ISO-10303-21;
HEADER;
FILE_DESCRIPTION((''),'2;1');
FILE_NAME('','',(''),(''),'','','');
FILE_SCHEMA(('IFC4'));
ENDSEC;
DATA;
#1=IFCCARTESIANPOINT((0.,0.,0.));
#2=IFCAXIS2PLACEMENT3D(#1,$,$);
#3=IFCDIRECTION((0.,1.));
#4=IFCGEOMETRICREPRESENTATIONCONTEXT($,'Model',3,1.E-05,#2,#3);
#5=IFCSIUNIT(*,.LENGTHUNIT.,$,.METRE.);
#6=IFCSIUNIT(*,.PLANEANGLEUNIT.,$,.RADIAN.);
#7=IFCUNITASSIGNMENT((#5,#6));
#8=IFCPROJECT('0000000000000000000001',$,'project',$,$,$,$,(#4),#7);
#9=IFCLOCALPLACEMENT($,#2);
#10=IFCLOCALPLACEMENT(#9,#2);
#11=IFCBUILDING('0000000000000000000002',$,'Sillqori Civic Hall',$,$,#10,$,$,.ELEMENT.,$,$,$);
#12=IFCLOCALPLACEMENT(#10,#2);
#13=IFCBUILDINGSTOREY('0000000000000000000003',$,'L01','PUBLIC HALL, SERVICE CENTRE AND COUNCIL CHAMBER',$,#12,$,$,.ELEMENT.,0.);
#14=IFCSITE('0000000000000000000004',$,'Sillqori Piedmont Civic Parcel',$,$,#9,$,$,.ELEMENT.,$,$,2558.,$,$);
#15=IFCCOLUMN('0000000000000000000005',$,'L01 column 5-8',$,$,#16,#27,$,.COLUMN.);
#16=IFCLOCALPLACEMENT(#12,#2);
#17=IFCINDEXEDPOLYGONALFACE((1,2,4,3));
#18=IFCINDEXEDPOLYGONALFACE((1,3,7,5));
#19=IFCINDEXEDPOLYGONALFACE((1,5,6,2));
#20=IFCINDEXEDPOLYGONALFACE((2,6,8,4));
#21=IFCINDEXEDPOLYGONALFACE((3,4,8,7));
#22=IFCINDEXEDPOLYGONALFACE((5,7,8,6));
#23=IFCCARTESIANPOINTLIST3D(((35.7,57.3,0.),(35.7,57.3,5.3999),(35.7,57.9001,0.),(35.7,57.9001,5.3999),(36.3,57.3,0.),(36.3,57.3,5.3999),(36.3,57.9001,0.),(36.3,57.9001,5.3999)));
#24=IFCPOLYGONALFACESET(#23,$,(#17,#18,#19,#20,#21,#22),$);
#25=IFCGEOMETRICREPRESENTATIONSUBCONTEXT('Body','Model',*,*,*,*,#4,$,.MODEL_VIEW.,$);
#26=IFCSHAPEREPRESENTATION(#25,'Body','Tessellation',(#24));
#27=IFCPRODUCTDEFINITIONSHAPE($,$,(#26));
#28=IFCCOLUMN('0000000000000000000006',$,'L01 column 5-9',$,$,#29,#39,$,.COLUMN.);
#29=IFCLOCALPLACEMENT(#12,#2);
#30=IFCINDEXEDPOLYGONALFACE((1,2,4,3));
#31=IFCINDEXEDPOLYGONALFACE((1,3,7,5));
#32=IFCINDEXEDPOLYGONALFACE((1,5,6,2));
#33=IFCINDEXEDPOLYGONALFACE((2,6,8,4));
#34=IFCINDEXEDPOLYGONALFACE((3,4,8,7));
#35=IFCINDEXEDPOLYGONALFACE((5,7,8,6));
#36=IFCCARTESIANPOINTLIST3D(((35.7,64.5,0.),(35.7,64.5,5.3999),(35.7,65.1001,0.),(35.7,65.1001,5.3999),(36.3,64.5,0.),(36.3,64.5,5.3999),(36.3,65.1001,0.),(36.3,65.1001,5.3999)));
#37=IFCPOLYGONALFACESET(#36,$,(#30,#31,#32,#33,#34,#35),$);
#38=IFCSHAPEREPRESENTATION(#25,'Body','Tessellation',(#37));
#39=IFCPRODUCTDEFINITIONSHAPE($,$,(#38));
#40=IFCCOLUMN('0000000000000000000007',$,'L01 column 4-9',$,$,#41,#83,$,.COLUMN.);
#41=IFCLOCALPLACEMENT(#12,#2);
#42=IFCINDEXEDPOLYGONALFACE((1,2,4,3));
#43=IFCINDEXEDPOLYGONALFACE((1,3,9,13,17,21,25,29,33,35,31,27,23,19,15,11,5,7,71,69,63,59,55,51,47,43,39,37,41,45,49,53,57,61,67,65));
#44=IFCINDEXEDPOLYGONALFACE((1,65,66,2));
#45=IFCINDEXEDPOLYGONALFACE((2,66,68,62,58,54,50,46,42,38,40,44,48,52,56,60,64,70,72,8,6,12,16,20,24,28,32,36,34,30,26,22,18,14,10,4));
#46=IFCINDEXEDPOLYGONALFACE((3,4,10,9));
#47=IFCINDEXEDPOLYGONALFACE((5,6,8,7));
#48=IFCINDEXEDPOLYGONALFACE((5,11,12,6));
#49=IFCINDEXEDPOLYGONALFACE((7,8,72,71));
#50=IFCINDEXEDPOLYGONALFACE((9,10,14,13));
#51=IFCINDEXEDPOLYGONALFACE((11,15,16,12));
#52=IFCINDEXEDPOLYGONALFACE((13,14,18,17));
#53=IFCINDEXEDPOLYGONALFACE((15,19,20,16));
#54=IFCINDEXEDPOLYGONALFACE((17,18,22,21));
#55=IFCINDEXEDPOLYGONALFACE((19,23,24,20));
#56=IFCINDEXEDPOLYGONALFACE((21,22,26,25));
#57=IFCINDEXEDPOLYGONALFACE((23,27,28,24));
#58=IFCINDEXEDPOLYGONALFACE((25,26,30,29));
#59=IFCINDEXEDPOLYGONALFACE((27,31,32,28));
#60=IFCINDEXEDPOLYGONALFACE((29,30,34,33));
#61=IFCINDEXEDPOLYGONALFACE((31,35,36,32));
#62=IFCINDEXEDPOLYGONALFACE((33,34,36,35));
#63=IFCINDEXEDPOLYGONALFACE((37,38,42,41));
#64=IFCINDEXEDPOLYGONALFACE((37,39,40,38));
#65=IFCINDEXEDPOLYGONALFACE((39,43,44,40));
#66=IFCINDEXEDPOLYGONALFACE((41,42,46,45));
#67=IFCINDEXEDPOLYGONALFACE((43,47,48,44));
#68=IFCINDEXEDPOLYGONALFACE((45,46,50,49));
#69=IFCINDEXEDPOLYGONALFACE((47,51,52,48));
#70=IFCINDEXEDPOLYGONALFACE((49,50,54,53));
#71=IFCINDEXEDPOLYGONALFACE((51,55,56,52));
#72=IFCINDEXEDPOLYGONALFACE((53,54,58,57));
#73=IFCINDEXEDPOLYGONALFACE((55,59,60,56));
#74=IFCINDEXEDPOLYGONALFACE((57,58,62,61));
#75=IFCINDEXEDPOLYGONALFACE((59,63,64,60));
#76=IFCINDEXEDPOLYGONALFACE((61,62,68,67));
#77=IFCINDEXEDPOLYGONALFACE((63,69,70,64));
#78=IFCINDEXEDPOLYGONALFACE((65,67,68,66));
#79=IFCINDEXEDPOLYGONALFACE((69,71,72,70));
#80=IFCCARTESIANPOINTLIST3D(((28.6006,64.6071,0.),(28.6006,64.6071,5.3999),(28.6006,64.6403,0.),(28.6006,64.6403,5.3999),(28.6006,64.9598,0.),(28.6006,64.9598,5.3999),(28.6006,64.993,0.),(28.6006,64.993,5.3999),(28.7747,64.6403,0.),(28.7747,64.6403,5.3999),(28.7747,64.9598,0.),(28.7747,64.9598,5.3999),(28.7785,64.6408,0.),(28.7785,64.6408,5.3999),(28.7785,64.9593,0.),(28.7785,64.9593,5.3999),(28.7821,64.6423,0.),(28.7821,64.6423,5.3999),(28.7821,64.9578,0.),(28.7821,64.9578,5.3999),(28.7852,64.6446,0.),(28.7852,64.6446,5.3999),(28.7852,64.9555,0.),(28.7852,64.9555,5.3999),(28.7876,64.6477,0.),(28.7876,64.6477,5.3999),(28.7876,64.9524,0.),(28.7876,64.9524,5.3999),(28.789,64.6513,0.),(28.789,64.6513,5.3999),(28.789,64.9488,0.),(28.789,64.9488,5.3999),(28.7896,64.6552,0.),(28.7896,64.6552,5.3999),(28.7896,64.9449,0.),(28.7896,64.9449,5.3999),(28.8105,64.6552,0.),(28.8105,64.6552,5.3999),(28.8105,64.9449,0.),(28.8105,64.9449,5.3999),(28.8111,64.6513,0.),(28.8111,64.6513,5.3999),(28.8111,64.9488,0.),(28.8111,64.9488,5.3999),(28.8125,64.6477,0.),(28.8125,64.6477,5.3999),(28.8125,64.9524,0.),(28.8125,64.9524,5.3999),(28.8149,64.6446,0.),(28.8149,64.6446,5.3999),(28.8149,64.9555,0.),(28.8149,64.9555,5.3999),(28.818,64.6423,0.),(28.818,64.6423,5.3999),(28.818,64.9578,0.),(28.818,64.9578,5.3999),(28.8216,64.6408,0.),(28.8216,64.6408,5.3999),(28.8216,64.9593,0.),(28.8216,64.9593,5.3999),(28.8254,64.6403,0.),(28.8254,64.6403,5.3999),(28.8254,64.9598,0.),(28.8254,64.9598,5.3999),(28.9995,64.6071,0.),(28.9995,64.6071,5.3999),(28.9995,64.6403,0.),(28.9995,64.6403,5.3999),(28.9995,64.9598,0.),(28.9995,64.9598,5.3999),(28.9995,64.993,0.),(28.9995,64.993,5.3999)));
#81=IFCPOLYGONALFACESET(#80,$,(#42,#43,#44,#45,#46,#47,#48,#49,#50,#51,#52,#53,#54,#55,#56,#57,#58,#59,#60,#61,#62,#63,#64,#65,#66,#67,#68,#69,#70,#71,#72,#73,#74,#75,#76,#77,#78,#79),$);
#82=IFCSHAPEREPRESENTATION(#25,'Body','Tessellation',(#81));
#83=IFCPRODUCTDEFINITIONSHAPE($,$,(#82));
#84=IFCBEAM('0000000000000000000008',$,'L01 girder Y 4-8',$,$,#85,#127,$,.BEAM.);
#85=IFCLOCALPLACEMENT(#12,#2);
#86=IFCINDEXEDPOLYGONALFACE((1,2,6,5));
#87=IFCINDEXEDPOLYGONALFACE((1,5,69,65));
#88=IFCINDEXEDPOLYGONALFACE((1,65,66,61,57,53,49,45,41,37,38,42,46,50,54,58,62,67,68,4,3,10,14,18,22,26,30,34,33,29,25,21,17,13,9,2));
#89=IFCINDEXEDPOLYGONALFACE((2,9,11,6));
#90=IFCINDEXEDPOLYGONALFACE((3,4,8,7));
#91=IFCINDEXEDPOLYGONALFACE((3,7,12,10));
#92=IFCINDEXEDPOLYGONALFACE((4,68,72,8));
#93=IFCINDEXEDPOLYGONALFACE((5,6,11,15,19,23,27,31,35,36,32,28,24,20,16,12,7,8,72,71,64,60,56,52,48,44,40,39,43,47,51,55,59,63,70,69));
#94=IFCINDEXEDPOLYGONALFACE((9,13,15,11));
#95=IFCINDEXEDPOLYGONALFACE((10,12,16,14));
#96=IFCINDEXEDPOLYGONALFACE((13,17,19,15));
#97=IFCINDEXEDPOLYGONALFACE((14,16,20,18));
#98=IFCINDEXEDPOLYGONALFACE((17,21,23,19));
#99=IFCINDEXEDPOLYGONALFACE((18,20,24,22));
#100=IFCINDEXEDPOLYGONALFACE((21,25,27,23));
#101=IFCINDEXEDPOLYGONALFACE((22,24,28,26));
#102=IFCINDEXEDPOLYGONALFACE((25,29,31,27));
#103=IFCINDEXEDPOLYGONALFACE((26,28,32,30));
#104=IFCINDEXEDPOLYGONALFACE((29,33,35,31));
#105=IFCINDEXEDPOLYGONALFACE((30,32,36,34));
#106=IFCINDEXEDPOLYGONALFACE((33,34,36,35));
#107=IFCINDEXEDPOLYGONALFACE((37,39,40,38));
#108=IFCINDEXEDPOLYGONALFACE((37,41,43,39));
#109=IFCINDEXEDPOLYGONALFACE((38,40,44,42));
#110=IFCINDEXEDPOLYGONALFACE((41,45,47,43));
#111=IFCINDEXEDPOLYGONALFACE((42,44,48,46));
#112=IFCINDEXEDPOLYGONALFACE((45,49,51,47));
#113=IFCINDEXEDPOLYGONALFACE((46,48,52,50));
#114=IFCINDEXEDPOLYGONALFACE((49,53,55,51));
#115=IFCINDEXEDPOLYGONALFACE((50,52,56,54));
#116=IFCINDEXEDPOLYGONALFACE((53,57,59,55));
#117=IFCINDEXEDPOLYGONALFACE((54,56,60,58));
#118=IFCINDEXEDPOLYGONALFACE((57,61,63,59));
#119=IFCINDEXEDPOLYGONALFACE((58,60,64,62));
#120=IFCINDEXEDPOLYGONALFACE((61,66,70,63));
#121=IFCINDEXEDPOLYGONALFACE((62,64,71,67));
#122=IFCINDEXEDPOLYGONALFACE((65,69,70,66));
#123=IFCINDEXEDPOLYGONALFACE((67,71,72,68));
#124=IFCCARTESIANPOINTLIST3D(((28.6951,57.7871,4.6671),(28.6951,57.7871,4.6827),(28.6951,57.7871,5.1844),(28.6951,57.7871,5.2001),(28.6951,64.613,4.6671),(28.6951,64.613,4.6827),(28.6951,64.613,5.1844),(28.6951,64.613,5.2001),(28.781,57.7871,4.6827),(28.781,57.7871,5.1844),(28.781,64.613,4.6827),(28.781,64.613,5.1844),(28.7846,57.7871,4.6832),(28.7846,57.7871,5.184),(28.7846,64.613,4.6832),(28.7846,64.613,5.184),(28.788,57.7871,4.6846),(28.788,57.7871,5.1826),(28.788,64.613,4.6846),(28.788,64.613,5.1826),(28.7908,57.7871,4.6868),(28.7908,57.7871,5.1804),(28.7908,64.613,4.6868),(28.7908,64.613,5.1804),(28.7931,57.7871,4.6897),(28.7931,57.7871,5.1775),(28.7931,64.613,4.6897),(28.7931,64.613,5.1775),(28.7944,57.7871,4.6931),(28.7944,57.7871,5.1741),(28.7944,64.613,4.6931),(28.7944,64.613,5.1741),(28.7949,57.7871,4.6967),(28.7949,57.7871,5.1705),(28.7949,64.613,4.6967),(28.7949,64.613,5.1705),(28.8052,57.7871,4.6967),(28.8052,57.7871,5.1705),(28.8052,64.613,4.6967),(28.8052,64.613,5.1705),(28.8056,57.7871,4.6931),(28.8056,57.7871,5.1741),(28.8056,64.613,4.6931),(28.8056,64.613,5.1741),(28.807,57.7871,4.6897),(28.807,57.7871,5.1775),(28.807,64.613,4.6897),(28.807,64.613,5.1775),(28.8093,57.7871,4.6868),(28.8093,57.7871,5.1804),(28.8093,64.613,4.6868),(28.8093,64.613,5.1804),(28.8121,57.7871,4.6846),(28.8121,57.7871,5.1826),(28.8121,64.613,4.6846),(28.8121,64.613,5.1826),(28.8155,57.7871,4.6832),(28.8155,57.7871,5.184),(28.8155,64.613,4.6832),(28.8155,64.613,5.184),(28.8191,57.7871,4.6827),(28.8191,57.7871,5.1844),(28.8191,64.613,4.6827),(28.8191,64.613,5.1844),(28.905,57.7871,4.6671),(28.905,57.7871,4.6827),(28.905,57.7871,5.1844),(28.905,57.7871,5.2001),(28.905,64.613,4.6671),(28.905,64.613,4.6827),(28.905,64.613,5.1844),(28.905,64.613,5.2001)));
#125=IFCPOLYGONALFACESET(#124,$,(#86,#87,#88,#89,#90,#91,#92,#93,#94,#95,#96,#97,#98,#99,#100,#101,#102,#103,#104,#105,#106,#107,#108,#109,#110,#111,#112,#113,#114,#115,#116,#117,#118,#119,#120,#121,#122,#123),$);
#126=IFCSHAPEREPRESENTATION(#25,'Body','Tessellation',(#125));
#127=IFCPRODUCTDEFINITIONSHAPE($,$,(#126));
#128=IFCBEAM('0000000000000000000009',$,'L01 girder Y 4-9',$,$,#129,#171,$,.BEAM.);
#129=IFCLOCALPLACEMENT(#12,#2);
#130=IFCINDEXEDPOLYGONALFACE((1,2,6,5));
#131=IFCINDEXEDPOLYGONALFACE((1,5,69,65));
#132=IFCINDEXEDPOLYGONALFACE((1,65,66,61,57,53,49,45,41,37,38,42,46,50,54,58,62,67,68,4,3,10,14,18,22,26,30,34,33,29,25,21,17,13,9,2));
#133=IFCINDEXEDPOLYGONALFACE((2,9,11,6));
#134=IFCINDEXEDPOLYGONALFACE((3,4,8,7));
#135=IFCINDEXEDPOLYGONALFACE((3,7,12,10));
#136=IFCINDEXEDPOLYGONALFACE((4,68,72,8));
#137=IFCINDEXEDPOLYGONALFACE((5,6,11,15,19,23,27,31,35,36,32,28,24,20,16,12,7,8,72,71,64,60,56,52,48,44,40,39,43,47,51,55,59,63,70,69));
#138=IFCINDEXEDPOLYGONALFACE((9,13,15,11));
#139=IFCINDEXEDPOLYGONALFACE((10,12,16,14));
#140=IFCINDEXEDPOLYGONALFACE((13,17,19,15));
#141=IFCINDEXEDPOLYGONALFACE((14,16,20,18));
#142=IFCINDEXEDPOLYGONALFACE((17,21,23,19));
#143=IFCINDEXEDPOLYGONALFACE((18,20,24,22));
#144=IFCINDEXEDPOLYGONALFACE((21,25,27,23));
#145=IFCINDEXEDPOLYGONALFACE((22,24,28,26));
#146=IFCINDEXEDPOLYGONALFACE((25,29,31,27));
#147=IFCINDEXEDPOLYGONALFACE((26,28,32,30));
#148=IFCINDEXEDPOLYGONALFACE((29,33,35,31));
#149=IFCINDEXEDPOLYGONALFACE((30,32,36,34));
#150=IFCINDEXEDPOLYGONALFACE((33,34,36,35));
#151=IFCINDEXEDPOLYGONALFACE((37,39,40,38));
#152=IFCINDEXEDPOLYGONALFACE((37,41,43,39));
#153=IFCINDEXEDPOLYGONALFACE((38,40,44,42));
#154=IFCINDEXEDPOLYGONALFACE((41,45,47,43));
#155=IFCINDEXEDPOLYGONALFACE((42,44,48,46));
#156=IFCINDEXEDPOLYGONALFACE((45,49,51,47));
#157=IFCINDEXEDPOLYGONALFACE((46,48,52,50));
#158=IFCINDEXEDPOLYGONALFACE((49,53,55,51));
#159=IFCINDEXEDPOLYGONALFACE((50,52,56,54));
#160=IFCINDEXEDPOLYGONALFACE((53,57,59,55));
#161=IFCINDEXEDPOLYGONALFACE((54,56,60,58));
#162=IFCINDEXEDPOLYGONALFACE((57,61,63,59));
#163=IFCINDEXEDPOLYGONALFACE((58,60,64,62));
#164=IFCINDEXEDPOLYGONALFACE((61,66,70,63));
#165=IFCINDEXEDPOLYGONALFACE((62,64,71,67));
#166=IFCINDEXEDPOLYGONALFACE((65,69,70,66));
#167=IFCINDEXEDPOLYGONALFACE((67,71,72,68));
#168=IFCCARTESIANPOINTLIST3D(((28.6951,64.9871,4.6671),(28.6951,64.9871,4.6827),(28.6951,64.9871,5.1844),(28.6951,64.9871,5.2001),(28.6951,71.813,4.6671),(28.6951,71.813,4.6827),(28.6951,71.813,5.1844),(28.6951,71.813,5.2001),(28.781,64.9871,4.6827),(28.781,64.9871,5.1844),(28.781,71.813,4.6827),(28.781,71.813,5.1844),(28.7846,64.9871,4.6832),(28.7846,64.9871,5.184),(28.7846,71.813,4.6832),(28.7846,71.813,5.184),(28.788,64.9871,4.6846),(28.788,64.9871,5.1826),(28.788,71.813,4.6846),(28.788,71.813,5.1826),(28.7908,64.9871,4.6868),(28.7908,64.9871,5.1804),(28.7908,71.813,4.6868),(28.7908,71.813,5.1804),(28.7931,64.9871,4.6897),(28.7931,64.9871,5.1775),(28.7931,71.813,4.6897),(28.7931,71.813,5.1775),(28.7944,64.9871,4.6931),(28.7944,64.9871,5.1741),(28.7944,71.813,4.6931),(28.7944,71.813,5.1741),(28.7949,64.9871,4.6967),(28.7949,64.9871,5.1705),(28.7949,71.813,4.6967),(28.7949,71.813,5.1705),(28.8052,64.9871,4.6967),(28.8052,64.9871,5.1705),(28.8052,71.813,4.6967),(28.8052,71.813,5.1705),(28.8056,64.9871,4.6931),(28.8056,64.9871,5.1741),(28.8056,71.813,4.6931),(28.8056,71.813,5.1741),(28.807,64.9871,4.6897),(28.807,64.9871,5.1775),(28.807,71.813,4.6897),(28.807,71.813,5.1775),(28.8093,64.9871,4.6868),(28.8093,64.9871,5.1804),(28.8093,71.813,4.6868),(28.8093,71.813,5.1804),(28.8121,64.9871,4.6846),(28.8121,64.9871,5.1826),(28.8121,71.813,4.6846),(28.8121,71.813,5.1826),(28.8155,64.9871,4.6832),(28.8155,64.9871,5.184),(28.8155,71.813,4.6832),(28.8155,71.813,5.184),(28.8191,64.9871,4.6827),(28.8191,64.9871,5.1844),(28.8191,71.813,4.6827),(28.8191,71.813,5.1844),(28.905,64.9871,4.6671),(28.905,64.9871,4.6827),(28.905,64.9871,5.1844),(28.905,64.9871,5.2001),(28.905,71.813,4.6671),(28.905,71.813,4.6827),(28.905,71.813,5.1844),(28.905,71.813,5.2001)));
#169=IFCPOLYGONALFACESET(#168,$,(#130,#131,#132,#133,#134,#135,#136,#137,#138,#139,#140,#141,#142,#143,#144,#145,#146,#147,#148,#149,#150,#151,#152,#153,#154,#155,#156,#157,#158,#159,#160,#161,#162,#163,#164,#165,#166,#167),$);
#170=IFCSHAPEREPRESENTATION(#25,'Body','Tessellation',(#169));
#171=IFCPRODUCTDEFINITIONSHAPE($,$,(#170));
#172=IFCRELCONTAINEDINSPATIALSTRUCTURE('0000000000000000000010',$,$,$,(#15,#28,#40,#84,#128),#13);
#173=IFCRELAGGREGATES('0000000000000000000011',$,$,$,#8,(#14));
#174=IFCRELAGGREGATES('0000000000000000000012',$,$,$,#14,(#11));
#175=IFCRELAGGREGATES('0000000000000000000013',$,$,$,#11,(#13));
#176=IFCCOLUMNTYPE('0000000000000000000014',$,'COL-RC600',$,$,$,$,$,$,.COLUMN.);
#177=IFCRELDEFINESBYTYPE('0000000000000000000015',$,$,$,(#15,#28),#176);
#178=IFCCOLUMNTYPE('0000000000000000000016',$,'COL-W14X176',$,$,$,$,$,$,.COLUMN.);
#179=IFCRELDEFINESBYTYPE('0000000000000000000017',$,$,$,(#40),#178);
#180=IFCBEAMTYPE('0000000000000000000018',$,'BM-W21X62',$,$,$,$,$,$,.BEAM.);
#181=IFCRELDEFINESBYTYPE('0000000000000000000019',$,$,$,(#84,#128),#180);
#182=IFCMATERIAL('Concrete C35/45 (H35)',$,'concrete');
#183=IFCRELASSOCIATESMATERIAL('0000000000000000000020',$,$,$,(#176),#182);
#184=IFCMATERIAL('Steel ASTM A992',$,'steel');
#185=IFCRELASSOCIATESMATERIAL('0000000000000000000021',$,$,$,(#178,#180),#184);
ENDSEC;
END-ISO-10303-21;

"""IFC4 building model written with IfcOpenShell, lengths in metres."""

from ifc_helpers import new_model, si_unit, direction, frame, origin, origin_2d, place, context, subcontext, project, spatial, rectangle, i_section, extrude, material, material_profile, profile_set, type_object, element, save


model = new_model("IFC4")

# Units and contexts
model_context = context("Model", 3, precision=1e-05, world=origin(), true_north=direction((0.0, 1.0)))
body_context = subcontext(model_context, "Body", "Model", "MODEL_VIEW")
ifc_project = project(units=[si_unit("LENGTHUNIT", "METRE"), si_unit("PLANEANGLEUNIT", "RADIAN")], contexts=[model_context])

# Site, building, storey
site_placement = place(None, origin())
site = spatial("IfcSite", under=ifc_project, at=site_placement, Name="Sillqori Piedmont Civic Parcel", CompositionType="ELEMENT", RefElevation=2558.0)
building_placement = place(site_placement, origin())
building = spatial("IfcBuilding", under=site, at=building_placement, Name="Sillqori Civic Hall", CompositionType="ELEMENT")
storey_placement = place(building_placement, origin())
storey = spatial("IfcBuildingStorey", under=building, at=storey_placement, Name="L01", Description="PUBLIC HALL, SERVICE CENTRE AND COUNCIL CHAMBER", CompositionType="ELEMENT", Elevation=0.0)

# Columns
ifc_material_1 = material(Name="Concrete C35/45 (H35)", Category="concrete")
ifc_material_profile_1 = material_profile(ifc_material_1, rectangle(XDim=0.6001, YDim=0.6001, at=origin_2d()), Name="RC 600x600")
ifc_profile_set_1 = profile_set([ifc_material_profile_1], Name="Concrete C35/45 (H35)")
column_type_1 = type_object("IfcColumnType", Name="COL-RC600", PredefinedType="COLUMN", material=ifc_profile_set_1)
for number, where, z_axis, x_axis, name in (
    (1, (36.0, 57.6001, 0.0), (0.0, 0.0, 1.0), (1.0, 0.0, 0.0), "L01 column 5-8"),
    (2, (36.0, 64.8, 0.0), (0.0, 0.0, 1.0), (1.0, 0.0, 0.0), "L01 column 5-9"),
):
    element("IfcColumn", number, at=place(storey_placement, frame(where, z_axis=z_axis, x_axis=x_axis)), inside=storey, type_object=column_type_1, Name=name, PredefinedType="COLUMN", context=body_context, shape_type="SweptSolid", body=[
        extrude(rectangle(XDim=0.6001, YDim=0.6001, at=origin_2d()), origin(), (0.0, 0.0, 1.0), 5.3999),
    ])
ifc_material_2 = material(Name="Steel ASTM A992", Category="steel")
ifc_material_profile_2 = material_profile(ifc_material_2, i_section(OverallWidth=0.3989, OverallDepth=0.386, WebThickness=0.021, FlangeThickness=0.0332, FilletRadius=0.0149, at=origin_2d()), Name="W14X176")
ifc_profile_set_2 = profile_set([ifc_material_profile_2], Name="Steel ASTM A992")
column_type_2 = type_object("IfcColumnType", Name="COL-W14X176", PredefinedType="COLUMN", material=ifc_profile_set_2)
column_placement = place(storey_placement, frame((28.8, 64.8, 0.0), z_axis=(0.0, 0.0, 1.0), x_axis=(1.0, 0.0, 0.0)))
element("IfcColumn", 3, at=column_placement, inside=storey, type_object=column_type_2, Name="L01 column 4-9", PredefinedType="COLUMN", context=body_context, shape_type="SweptSolid", body=[
    extrude(i_section(OverallWidth=0.3989, OverallDepth=0.386, WebThickness=0.021, FlangeThickness=0.0332, FilletRadius=0.0149, at=origin_2d()), origin(), (0.0, 0.0, 1.0), 5.3999),
])

# Beams
ifc_material_profile_3 = material_profile(ifc_material_2, i_section(OverallWidth=0.21, OverallDepth=0.533, WebThickness=0.0103, FlangeThickness=0.0156, FilletRadius=0.0139, at=origin_2d()), Name="W21X62")
ifc_profile_set_3 = profile_set([ifc_material_profile_3], Name="Steel ASTM A992")
beam_type_1 = type_object("IfcBeamType", Name="BM-W21X62", PredefinedType="BEAM", material=ifc_profile_set_3)
for number, where, z_axis, x_axis, name in (
    (4, (28.8, 57.7871, 4.9336), (0.0, 1.0, 0.0), (-1.0, 0.0, 0.0), "L01 girder Y 4-8"),
    (5, (28.8, 64.9871, 4.9336), (0.0, 1.0, 0.0), (-1.0, 0.0, 0.0), "L01 girder Y 4-9"),
):
    element("IfcBeam", number, at=place(storey_placement, frame(where, z_axis=z_axis, x_axis=x_axis)), inside=storey, type_object=beam_type_1, Name=name, PredefinedType="BEAM", context=body_context, shape_type="SweptSolid", body=[
        extrude(i_section(OverallWidth=0.21, OverallDepth=0.533, WebThickness=0.0103, FlangeThickness=0.0156, FilletRadius=0.0139, at=origin_2d()), origin(), (0.0, 0.0, 1.0), 6.8259),
    ])

save(model, "model.ifc")
